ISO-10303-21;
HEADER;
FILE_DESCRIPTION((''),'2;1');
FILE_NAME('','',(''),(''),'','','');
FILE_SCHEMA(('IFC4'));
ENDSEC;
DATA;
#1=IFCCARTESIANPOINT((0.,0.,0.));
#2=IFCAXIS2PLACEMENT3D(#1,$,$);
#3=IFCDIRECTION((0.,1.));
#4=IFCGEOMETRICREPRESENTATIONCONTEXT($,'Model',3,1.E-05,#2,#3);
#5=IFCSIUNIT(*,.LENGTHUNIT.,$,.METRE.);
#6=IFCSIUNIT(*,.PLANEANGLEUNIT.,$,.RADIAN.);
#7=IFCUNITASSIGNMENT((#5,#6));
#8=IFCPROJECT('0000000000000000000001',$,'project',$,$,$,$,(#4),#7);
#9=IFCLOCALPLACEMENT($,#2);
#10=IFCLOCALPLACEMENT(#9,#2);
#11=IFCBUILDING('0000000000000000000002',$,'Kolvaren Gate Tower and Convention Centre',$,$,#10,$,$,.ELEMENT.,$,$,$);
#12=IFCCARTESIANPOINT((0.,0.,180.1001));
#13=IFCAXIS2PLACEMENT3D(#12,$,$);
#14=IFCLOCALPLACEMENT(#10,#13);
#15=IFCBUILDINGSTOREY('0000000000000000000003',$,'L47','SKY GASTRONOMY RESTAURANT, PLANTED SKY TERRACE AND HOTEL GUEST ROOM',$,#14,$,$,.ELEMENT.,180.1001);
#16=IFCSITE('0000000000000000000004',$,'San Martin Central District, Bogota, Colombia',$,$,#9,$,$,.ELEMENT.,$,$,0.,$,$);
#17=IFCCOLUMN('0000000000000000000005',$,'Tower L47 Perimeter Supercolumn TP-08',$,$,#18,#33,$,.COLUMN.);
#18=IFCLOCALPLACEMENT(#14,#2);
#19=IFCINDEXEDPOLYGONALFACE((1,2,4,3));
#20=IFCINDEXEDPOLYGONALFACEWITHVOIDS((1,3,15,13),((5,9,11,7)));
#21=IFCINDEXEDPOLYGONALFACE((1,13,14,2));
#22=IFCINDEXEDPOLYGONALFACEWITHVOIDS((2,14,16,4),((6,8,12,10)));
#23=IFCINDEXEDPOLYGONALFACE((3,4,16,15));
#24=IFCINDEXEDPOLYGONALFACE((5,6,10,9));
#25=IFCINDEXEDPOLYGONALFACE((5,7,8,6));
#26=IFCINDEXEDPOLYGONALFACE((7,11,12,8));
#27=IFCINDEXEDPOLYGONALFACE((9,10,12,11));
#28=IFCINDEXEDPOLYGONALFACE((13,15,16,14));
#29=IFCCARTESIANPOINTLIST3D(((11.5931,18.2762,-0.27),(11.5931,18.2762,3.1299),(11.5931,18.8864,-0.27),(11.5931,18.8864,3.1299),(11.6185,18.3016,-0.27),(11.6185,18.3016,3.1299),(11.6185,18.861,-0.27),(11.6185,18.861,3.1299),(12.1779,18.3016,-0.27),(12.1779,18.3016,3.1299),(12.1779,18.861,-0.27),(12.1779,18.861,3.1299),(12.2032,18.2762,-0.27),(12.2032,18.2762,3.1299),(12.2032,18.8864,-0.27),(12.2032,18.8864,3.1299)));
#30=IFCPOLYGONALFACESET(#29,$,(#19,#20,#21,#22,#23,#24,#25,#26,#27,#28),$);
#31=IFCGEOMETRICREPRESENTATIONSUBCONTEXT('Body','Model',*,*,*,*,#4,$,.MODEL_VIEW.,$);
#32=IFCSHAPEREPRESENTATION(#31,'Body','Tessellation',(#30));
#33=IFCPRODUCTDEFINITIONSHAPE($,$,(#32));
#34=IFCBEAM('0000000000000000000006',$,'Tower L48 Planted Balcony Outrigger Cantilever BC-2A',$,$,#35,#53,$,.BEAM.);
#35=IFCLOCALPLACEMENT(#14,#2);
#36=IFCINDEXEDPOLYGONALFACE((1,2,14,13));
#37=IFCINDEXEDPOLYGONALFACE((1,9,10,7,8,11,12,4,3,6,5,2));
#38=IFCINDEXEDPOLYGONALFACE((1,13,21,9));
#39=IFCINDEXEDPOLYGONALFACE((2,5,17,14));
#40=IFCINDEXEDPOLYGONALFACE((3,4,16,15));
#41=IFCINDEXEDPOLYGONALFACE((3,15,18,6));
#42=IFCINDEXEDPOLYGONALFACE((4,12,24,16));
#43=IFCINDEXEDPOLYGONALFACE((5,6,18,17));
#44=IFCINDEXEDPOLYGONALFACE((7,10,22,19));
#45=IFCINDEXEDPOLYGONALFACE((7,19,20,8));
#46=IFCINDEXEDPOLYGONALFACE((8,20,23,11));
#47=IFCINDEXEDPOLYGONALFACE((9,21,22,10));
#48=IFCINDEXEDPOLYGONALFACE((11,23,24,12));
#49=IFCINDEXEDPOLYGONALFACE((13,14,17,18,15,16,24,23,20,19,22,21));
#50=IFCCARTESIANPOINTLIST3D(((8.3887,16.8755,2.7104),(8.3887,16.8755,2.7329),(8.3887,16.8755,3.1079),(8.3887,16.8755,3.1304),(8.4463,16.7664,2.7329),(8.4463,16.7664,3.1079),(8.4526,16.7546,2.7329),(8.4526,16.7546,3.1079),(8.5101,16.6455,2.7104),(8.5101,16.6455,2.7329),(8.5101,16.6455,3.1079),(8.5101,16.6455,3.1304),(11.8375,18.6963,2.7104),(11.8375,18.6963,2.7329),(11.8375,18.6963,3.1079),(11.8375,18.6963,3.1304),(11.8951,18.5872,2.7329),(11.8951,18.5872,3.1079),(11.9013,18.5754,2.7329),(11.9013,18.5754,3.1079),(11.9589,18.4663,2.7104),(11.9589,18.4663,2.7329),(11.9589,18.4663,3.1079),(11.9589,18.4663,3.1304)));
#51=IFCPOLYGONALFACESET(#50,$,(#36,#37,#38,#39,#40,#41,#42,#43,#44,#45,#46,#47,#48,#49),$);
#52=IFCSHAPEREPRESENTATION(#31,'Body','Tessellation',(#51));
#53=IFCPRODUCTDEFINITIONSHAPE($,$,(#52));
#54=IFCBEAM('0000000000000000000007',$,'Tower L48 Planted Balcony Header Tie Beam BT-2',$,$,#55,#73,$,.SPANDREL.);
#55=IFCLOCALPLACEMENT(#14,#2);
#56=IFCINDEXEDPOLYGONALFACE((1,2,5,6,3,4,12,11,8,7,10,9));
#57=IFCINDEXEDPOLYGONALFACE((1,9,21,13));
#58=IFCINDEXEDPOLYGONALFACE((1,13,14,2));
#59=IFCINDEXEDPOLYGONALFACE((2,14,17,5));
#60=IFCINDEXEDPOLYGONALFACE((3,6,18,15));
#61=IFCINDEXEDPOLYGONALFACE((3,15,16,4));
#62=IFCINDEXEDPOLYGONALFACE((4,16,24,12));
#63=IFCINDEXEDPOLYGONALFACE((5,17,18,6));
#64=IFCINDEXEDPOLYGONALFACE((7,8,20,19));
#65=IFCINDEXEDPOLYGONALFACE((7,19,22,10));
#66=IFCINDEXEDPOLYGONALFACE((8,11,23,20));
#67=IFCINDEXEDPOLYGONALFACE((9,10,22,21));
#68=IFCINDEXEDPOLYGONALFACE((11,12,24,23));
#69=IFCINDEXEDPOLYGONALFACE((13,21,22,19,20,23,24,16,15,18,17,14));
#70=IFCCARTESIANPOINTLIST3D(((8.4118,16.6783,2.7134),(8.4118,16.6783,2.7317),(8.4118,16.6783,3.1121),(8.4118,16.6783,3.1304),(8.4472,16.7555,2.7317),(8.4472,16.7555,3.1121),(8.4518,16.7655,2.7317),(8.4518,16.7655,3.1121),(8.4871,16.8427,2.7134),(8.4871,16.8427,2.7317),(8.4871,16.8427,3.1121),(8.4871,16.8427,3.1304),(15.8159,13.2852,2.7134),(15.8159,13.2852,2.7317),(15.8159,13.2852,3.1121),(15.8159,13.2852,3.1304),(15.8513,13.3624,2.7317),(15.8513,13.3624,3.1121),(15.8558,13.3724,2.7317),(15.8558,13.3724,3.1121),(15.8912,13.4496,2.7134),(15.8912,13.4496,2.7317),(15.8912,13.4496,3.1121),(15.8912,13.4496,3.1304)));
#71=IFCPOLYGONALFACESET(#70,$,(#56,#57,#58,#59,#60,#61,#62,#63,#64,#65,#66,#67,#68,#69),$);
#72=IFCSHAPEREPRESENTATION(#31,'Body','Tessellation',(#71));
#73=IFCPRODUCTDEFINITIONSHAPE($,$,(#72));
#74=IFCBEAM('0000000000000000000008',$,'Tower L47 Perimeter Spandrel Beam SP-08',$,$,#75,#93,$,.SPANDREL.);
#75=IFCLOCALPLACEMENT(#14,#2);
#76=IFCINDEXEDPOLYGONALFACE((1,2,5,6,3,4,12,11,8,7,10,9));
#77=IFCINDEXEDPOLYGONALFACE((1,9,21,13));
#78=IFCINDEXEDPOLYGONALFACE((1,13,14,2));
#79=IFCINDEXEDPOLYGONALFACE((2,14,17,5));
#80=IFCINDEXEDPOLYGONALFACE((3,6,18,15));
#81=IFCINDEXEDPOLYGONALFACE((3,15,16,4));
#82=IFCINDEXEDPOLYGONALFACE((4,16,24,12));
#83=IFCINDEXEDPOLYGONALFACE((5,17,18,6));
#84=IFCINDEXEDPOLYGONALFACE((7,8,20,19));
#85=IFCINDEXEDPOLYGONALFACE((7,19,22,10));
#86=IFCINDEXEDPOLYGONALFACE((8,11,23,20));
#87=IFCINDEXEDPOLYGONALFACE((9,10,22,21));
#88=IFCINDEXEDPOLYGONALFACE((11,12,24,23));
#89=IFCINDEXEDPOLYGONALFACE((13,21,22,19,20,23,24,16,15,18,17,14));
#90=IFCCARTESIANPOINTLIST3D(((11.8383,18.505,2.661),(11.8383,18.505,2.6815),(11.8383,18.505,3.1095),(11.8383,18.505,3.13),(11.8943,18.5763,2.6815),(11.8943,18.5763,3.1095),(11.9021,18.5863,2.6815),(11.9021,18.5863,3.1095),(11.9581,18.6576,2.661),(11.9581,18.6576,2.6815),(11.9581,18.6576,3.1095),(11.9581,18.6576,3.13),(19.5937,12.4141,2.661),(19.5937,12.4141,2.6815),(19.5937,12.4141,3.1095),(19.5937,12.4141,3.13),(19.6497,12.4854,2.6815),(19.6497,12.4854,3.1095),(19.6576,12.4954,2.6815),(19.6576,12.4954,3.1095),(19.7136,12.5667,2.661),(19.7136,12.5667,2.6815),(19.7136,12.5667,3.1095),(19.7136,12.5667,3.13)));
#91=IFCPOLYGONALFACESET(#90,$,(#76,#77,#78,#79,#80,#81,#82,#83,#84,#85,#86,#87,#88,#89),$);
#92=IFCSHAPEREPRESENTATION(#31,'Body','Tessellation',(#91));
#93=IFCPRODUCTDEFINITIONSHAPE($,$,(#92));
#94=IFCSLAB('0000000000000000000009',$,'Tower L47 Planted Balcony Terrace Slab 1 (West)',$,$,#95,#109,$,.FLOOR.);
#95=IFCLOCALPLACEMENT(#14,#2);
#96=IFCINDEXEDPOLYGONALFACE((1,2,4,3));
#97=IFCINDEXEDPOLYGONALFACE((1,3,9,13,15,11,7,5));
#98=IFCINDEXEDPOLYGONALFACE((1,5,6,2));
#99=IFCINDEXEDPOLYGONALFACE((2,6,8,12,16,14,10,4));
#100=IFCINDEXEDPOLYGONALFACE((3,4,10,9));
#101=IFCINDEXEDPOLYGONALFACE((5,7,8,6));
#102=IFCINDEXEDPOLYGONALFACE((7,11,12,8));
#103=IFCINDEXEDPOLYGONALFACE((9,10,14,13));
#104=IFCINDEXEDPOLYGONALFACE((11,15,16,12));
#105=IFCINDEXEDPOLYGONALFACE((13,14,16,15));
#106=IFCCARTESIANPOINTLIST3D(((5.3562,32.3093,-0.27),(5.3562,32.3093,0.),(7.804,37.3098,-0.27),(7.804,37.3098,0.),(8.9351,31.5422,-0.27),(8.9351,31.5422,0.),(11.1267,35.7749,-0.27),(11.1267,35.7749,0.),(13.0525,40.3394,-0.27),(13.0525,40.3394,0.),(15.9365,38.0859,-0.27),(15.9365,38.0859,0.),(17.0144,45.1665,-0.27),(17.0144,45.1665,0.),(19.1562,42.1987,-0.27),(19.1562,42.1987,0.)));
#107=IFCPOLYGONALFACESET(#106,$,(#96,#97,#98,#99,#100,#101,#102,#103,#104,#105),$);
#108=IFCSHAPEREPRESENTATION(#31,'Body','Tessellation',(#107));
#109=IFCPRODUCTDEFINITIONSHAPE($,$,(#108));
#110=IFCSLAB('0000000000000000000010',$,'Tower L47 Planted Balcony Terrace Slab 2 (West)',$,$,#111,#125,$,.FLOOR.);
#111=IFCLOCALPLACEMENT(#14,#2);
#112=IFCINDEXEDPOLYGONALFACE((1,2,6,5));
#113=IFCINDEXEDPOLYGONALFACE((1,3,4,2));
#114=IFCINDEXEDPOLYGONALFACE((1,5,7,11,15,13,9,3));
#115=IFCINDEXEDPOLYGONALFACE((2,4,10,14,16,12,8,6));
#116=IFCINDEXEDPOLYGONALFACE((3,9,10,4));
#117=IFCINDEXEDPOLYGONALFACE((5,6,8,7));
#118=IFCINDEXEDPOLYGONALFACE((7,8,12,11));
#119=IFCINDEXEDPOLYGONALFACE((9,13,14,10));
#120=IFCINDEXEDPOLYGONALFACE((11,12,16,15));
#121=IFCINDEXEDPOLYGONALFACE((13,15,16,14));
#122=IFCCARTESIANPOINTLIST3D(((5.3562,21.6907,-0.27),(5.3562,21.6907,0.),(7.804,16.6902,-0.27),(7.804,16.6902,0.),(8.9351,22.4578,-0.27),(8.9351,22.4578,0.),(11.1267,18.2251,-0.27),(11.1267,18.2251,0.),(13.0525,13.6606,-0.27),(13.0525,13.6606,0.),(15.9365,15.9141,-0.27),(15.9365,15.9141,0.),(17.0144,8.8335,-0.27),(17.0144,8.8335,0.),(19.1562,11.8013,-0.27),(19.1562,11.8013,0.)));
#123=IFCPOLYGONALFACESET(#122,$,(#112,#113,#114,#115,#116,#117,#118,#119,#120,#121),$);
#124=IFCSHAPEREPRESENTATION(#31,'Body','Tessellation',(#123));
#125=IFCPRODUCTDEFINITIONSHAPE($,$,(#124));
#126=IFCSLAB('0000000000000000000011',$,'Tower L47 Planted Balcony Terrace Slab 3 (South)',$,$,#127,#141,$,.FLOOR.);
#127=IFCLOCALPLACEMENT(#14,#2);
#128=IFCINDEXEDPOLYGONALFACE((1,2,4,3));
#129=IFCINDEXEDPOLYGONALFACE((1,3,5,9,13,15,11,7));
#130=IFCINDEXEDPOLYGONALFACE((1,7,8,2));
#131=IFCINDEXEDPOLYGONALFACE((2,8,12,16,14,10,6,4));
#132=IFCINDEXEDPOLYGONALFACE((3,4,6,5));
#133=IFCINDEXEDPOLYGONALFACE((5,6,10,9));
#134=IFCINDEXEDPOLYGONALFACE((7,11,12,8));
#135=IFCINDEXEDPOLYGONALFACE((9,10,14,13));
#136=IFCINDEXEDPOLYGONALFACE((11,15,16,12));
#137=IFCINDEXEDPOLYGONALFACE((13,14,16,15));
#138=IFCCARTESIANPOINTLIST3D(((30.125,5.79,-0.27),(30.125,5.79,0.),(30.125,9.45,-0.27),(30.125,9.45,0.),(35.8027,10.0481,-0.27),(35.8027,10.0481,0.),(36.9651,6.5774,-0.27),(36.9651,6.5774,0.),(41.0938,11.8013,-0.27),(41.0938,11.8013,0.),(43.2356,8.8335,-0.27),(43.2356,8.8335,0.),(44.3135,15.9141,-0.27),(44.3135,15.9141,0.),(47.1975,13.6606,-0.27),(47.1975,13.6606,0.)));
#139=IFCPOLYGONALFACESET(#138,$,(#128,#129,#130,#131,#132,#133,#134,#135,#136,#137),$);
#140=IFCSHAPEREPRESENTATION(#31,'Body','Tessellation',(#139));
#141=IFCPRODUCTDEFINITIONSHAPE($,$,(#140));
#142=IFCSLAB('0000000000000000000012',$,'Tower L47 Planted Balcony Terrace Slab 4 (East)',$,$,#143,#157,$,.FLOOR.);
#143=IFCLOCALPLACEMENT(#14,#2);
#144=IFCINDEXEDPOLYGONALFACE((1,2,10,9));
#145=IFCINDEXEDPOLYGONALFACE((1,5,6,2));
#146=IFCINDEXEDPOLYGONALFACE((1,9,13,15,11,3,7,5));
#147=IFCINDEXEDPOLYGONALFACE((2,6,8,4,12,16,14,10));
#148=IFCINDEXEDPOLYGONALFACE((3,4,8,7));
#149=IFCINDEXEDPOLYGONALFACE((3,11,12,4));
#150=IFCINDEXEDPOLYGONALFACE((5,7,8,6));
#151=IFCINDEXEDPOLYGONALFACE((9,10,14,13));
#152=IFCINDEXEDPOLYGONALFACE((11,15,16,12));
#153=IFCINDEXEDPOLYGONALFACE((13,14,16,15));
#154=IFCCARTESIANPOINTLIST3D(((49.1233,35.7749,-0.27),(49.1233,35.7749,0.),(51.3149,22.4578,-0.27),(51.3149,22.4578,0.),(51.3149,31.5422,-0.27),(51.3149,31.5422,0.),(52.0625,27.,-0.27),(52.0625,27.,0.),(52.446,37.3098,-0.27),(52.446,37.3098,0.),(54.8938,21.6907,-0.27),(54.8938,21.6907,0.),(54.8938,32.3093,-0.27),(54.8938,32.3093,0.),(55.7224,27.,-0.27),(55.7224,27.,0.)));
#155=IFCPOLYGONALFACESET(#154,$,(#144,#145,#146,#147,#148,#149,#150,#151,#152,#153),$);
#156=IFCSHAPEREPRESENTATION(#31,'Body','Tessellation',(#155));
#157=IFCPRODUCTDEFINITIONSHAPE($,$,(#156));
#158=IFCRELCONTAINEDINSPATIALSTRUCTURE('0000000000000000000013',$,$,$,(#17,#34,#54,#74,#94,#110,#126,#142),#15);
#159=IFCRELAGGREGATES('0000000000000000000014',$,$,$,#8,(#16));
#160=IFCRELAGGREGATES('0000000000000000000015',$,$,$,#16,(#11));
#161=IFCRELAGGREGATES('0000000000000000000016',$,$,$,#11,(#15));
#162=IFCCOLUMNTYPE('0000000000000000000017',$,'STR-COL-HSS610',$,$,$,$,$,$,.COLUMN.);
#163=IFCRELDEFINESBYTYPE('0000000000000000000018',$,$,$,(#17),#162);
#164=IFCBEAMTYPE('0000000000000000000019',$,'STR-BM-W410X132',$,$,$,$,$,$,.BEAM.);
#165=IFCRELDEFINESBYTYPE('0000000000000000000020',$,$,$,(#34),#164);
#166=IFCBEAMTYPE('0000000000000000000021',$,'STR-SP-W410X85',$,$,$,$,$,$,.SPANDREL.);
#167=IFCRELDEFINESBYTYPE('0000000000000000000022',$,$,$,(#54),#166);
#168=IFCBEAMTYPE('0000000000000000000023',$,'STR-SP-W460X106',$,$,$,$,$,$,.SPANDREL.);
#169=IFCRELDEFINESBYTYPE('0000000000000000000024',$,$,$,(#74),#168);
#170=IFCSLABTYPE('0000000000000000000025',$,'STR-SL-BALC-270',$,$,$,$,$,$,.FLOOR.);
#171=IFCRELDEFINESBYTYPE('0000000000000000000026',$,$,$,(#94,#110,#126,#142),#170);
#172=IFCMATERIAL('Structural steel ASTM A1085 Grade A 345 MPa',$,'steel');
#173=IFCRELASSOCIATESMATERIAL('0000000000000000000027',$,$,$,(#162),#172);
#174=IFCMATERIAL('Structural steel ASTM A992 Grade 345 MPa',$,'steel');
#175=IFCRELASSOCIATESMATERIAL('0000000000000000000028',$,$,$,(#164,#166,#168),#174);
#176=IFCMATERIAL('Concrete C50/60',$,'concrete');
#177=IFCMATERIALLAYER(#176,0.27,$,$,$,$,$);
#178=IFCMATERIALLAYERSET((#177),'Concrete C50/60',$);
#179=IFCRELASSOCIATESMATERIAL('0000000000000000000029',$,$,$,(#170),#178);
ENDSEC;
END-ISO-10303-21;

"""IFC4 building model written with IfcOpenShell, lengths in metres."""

from ifc_helpers import new_model, si_unit, direction, frame, origin, origin_2d, place, context, subcontext, project, spatial, polyline, hollow_rectangle, i_section, outline, extrude, material, layer, layer_set, material_profile, profile_set, type_object, element, save


model = new_model("IFC4")

# Units and contexts
model_context = context("Model", 3, precision=1e-05, world=origin(), true_north=direction((0.0, 1.0)))
body_context = subcontext(model_context, "Body", "Model", "MODEL_VIEW")
ifc_project = project(units=[si_unit("LENGTHUNIT", "METRE"), si_unit("PLANEANGLEUNIT", "RADIAN")], contexts=[model_context])

# Site, building, storey
site_placement = place(None, origin())
site = spatial("IfcSite", under=ifc_project, at=site_placement, Name="San Martin Central District, Bogota, Colombia", CompositionType="ELEMENT", RefElevation=0.0)
building_placement = place(site_placement, origin())
building = spatial("IfcBuilding", under=site, at=building_placement, Name="Kolvaren Gate Tower and Convention Centre", CompositionType="ELEMENT")
storey_placement = place(building_placement, frame((0.0, 0.0, 180.1001)))
storey = spatial("IfcBuildingStorey", under=building, at=storey_placement, Name="L47", Description="SKY GASTRONOMY RESTAURANT, PLANTED SKY TERRACE AND HOTEL GUEST ROOM", CompositionType="ELEMENT", Elevation=180.1001)

# Column
ifc_material_1 = material(Name="Structural steel ASTM A1085 Grade A 345 MPa", Category="steel")
ifc_material_profile_1 = material_profile(ifc_material_1, hollow_rectangle(XDim=0.6101, YDim=0.6101, WallThickness=0.0254, at=origin_2d()), Name="HSS610X610X25.4")
ifc_profile_set_1 = profile_set([ifc_material_profile_1], Name="Structural steel ASTM A1085 Grade A 345 MPa")
column_type = type_object("IfcColumnType", Name="STR-COL-HSS610", PredefinedType="COLUMN", material=ifc_profile_set_1)
column_placement = place(storey_placement, frame((11.8982, 18.5813, -0.27), z_axis=(0.0, 0.0, 1.0), x_axis=(1.0, 0.0, 0.0)))
element("IfcColumn", 1, at=column_placement, inside=storey, type_object=column_type, Name="Tower L47 Perimeter Supercolumn TP-08", PredefinedType="COLUMN", context=body_context, shape_type="SweptSolid", body=[
    extrude(hollow_rectangle(XDim=0.6101, YDim=0.6101, WallThickness=0.0254, at=origin_2d()), origin(), (0.0, 0.0, 1.0), 3.3999),
])

# Beams
ifc_material_2 = material(Name="Structural steel ASTM A992 Grade 345 MPa", Category="steel")
ifc_material_profile_2 = material_profile(ifc_material_2, i_section(OverallWidth=0.26, OverallDepth=0.4199, WebThickness=0.0134, FlangeThickness=0.0225, at=origin_2d()), Name="W410X132")
ifc_profile_set_2 = profile_set([ifc_material_profile_2], Name="Structural steel ASTM A992 Grade 345 MPa")
beam_type_1 = type_object("IfcBeamType", Name="STR-BM-W410X132", PredefinedType="BEAM", material=ifc_profile_set_2)
beam_1_placement = place(storey_placement, frame((11.8982, 18.5813, 2.9204), z_axis=(-0.884317, -0.466886, 0.0), x_axis=(0.466886, -0.884317, 0.0)))
element("IfcBeam", 2, at=beam_1_placement, inside=storey, type_object=beam_type_1, Name="Tower L48 Planted Balcony Outrigger Cantilever BC-2A", PredefinedType="BEAM", context=body_context, shape_type="SweptSolid", body=[
    extrude(i_section(OverallWidth=0.26, OverallDepth=0.4199, WebThickness=0.0134, FlangeThickness=0.0225, at=origin_2d()), origin(), (0.0, 0.0, 1.0), 3.8999),
])
ifc_material_profile_3 = material_profile(ifc_material_2, i_section(OverallWidth=0.1809, OverallDepth=0.417, WebThickness=0.011, FlangeThickness=0.0183, at=origin_2d()), Name="W410X85")
ifc_profile_set_3 = profile_set([ifc_material_profile_3], Name="Structural steel ASTM A992 Grade 345 MPa")
beam_type_2 = type_object("IfcBeamType", Name="STR-SP-W410X85", PredefinedType="SPANDREL", material=ifc_profile_set_3)
beam_2_placement = place(storey_placement, frame((8.4495, 16.7605, 2.9219), z_axis=(0.909086, -0.416608, 0.0), x_axis=(0.416608, 0.909086, 0.0)))
element("IfcBeam", 3, at=beam_2_placement, inside=storey, type_object=beam_type_2, Name="Tower L48 Planted Balcony Header Tie Beam BT-2", PredefinedType="SPANDREL", context=body_context, shape_type="SweptSolid", body=[
    extrude(i_section(OverallWidth=0.1809, OverallDepth=0.417, WebThickness=0.011, FlangeThickness=0.0183, at=origin_2d()), origin(), (0.0, 0.0, 1.0), 8.1445),
])
ifc_material_profile_4 = material_profile(ifc_material_2, i_section(OverallWidth=0.1941, OverallDepth=0.469, WebThickness=0.0127, FlangeThickness=0.0205, at=origin_2d()), Name="W460X106")
ifc_profile_set_4 = profile_set([ifc_material_profile_4], Name="Structural steel ASTM A992 Grade 345 MPa")
beam_type_3 = type_object("IfcBeamType", Name="STR-SP-W460X106", PredefinedType="SPANDREL", material=ifc_profile_set_4)
beam_3_placement = place(storey_placement, frame((11.8982, 18.5813, 2.8955), z_axis=(0.786451, -0.617653, 0.0), x_axis=(0.617653, 0.786451, 0.0)))
element("IfcBeam", 4, at=beam_3_placement, inside=storey, type_object=beam_type_3, Name="Tower L47 Perimeter Spandrel Beam SP-08", PredefinedType="SPANDREL", context=body_context, shape_type="SweptSolid", body=[
    extrude(i_section(OverallWidth=0.1941, OverallDepth=0.469, WebThickness=0.0127, FlangeThickness=0.0205, at=origin_2d()), origin(), (0.0, 0.0, 1.0), 9.8613),
])

# Slabs
ifc_material_3 = material(Name="Concrete C50/60", Category="concrete")
ifc_layer_1 = layer(ifc_material_3, 0.27)
ifc_layer_set_1 = layer_set([ifc_layer_1], Name="Concrete C50/60")
slab_type_1 = type_object("IfcSlabType", Name="STR-SL-BALC-270", PredefinedType="FLOOR", material=ifc_layer_set_1)
slab_1_placement = place(storey_placement, frame((0.0, 0.0, -0.27)))
element("IfcSlab", 5, at=slab_1_placement, inside=storey, type_object=slab_type_1, Name="Tower L47 Planted Balcony Terrace Slab 1 (West)", PredefinedType="FLOOR", context=body_context, shape_type="SweptSolid", body=[
    extrude(outline(polyline([(19.1562, 42.1987), (15.9365, 38.0859), (11.1267, 35.7749), (8.9351, 31.5422), (5.3562, 32.3093), (7.804, 37.3098), (13.0525, 40.3394), (17.0144, 45.1665), (19.1562, 42.1987)])), origin(), (0.0, 0.0, 1.0), 0.27),
])
slab_2_placement = place(storey_placement, frame((0.0, 0.0, -0.27)))
element("IfcSlab", 6, at=slab_2_placement, inside=storey, type_object=slab_type_1, Name="Tower L47 Planted Balcony Terrace Slab 2 (West)", PredefinedType="FLOOR", context=body_context, shape_type="SweptSolid", body=[
    extrude(outline(polyline([(8.9351, 22.4578), (11.1267, 18.2251), (15.9365, 15.9141), (19.1562, 11.8013), (17.0144, 8.8335), (13.0525, 13.6606), (7.804, 16.6902), (5.3562, 21.6907), (8.9351, 22.4578)])), origin(), (0.0, 0.0, 1.0), 0.27),
])
slab_3_placement = place(storey_placement, frame((0.0, 0.0, -0.27)))
element("IfcSlab", 7, at=slab_3_placement, inside=storey, type_object=slab_type_1, Name="Tower L47 Planted Balcony Terrace Slab 3 (South)", PredefinedType="FLOOR", context=body_context, shape_type="SweptSolid", body=[
    extrude(outline(polyline([(30.125, 9.45), (35.8027, 10.0481), (41.0938, 11.8013), (44.3135, 15.9141), (47.1975, 13.6606), (43.2356, 8.8335), (36.9651, 6.5774), (30.125, 5.79), (30.125, 9.45)])), origin(), (0.0, 0.0, 1.0), 0.27),
])
slab_4_placement = place(storey_placement, frame((0.0, 0.0, -0.27)))
element("IfcSlab", 8, at=slab_4_placement, inside=storey, type_object=slab_type_1, Name="Tower L47 Planted Balcony Terrace Slab 4 (East)", PredefinedType="FLOOR", context=body_context, shape_type="SweptSolid", body=[
    extrude(outline(polyline([(51.3149, 22.4578), (52.0625, 27.0), (51.3149, 31.5422), (49.1233, 35.7749), (52.446, 37.3098), (54.8938, 32.3093), (55.7224, 27.0), (54.8938, 21.6907), (51.3149, 22.4578)])), origin(), (0.0, 0.0, 1.0), 0.27),
])

save(model, "model.ifc")
